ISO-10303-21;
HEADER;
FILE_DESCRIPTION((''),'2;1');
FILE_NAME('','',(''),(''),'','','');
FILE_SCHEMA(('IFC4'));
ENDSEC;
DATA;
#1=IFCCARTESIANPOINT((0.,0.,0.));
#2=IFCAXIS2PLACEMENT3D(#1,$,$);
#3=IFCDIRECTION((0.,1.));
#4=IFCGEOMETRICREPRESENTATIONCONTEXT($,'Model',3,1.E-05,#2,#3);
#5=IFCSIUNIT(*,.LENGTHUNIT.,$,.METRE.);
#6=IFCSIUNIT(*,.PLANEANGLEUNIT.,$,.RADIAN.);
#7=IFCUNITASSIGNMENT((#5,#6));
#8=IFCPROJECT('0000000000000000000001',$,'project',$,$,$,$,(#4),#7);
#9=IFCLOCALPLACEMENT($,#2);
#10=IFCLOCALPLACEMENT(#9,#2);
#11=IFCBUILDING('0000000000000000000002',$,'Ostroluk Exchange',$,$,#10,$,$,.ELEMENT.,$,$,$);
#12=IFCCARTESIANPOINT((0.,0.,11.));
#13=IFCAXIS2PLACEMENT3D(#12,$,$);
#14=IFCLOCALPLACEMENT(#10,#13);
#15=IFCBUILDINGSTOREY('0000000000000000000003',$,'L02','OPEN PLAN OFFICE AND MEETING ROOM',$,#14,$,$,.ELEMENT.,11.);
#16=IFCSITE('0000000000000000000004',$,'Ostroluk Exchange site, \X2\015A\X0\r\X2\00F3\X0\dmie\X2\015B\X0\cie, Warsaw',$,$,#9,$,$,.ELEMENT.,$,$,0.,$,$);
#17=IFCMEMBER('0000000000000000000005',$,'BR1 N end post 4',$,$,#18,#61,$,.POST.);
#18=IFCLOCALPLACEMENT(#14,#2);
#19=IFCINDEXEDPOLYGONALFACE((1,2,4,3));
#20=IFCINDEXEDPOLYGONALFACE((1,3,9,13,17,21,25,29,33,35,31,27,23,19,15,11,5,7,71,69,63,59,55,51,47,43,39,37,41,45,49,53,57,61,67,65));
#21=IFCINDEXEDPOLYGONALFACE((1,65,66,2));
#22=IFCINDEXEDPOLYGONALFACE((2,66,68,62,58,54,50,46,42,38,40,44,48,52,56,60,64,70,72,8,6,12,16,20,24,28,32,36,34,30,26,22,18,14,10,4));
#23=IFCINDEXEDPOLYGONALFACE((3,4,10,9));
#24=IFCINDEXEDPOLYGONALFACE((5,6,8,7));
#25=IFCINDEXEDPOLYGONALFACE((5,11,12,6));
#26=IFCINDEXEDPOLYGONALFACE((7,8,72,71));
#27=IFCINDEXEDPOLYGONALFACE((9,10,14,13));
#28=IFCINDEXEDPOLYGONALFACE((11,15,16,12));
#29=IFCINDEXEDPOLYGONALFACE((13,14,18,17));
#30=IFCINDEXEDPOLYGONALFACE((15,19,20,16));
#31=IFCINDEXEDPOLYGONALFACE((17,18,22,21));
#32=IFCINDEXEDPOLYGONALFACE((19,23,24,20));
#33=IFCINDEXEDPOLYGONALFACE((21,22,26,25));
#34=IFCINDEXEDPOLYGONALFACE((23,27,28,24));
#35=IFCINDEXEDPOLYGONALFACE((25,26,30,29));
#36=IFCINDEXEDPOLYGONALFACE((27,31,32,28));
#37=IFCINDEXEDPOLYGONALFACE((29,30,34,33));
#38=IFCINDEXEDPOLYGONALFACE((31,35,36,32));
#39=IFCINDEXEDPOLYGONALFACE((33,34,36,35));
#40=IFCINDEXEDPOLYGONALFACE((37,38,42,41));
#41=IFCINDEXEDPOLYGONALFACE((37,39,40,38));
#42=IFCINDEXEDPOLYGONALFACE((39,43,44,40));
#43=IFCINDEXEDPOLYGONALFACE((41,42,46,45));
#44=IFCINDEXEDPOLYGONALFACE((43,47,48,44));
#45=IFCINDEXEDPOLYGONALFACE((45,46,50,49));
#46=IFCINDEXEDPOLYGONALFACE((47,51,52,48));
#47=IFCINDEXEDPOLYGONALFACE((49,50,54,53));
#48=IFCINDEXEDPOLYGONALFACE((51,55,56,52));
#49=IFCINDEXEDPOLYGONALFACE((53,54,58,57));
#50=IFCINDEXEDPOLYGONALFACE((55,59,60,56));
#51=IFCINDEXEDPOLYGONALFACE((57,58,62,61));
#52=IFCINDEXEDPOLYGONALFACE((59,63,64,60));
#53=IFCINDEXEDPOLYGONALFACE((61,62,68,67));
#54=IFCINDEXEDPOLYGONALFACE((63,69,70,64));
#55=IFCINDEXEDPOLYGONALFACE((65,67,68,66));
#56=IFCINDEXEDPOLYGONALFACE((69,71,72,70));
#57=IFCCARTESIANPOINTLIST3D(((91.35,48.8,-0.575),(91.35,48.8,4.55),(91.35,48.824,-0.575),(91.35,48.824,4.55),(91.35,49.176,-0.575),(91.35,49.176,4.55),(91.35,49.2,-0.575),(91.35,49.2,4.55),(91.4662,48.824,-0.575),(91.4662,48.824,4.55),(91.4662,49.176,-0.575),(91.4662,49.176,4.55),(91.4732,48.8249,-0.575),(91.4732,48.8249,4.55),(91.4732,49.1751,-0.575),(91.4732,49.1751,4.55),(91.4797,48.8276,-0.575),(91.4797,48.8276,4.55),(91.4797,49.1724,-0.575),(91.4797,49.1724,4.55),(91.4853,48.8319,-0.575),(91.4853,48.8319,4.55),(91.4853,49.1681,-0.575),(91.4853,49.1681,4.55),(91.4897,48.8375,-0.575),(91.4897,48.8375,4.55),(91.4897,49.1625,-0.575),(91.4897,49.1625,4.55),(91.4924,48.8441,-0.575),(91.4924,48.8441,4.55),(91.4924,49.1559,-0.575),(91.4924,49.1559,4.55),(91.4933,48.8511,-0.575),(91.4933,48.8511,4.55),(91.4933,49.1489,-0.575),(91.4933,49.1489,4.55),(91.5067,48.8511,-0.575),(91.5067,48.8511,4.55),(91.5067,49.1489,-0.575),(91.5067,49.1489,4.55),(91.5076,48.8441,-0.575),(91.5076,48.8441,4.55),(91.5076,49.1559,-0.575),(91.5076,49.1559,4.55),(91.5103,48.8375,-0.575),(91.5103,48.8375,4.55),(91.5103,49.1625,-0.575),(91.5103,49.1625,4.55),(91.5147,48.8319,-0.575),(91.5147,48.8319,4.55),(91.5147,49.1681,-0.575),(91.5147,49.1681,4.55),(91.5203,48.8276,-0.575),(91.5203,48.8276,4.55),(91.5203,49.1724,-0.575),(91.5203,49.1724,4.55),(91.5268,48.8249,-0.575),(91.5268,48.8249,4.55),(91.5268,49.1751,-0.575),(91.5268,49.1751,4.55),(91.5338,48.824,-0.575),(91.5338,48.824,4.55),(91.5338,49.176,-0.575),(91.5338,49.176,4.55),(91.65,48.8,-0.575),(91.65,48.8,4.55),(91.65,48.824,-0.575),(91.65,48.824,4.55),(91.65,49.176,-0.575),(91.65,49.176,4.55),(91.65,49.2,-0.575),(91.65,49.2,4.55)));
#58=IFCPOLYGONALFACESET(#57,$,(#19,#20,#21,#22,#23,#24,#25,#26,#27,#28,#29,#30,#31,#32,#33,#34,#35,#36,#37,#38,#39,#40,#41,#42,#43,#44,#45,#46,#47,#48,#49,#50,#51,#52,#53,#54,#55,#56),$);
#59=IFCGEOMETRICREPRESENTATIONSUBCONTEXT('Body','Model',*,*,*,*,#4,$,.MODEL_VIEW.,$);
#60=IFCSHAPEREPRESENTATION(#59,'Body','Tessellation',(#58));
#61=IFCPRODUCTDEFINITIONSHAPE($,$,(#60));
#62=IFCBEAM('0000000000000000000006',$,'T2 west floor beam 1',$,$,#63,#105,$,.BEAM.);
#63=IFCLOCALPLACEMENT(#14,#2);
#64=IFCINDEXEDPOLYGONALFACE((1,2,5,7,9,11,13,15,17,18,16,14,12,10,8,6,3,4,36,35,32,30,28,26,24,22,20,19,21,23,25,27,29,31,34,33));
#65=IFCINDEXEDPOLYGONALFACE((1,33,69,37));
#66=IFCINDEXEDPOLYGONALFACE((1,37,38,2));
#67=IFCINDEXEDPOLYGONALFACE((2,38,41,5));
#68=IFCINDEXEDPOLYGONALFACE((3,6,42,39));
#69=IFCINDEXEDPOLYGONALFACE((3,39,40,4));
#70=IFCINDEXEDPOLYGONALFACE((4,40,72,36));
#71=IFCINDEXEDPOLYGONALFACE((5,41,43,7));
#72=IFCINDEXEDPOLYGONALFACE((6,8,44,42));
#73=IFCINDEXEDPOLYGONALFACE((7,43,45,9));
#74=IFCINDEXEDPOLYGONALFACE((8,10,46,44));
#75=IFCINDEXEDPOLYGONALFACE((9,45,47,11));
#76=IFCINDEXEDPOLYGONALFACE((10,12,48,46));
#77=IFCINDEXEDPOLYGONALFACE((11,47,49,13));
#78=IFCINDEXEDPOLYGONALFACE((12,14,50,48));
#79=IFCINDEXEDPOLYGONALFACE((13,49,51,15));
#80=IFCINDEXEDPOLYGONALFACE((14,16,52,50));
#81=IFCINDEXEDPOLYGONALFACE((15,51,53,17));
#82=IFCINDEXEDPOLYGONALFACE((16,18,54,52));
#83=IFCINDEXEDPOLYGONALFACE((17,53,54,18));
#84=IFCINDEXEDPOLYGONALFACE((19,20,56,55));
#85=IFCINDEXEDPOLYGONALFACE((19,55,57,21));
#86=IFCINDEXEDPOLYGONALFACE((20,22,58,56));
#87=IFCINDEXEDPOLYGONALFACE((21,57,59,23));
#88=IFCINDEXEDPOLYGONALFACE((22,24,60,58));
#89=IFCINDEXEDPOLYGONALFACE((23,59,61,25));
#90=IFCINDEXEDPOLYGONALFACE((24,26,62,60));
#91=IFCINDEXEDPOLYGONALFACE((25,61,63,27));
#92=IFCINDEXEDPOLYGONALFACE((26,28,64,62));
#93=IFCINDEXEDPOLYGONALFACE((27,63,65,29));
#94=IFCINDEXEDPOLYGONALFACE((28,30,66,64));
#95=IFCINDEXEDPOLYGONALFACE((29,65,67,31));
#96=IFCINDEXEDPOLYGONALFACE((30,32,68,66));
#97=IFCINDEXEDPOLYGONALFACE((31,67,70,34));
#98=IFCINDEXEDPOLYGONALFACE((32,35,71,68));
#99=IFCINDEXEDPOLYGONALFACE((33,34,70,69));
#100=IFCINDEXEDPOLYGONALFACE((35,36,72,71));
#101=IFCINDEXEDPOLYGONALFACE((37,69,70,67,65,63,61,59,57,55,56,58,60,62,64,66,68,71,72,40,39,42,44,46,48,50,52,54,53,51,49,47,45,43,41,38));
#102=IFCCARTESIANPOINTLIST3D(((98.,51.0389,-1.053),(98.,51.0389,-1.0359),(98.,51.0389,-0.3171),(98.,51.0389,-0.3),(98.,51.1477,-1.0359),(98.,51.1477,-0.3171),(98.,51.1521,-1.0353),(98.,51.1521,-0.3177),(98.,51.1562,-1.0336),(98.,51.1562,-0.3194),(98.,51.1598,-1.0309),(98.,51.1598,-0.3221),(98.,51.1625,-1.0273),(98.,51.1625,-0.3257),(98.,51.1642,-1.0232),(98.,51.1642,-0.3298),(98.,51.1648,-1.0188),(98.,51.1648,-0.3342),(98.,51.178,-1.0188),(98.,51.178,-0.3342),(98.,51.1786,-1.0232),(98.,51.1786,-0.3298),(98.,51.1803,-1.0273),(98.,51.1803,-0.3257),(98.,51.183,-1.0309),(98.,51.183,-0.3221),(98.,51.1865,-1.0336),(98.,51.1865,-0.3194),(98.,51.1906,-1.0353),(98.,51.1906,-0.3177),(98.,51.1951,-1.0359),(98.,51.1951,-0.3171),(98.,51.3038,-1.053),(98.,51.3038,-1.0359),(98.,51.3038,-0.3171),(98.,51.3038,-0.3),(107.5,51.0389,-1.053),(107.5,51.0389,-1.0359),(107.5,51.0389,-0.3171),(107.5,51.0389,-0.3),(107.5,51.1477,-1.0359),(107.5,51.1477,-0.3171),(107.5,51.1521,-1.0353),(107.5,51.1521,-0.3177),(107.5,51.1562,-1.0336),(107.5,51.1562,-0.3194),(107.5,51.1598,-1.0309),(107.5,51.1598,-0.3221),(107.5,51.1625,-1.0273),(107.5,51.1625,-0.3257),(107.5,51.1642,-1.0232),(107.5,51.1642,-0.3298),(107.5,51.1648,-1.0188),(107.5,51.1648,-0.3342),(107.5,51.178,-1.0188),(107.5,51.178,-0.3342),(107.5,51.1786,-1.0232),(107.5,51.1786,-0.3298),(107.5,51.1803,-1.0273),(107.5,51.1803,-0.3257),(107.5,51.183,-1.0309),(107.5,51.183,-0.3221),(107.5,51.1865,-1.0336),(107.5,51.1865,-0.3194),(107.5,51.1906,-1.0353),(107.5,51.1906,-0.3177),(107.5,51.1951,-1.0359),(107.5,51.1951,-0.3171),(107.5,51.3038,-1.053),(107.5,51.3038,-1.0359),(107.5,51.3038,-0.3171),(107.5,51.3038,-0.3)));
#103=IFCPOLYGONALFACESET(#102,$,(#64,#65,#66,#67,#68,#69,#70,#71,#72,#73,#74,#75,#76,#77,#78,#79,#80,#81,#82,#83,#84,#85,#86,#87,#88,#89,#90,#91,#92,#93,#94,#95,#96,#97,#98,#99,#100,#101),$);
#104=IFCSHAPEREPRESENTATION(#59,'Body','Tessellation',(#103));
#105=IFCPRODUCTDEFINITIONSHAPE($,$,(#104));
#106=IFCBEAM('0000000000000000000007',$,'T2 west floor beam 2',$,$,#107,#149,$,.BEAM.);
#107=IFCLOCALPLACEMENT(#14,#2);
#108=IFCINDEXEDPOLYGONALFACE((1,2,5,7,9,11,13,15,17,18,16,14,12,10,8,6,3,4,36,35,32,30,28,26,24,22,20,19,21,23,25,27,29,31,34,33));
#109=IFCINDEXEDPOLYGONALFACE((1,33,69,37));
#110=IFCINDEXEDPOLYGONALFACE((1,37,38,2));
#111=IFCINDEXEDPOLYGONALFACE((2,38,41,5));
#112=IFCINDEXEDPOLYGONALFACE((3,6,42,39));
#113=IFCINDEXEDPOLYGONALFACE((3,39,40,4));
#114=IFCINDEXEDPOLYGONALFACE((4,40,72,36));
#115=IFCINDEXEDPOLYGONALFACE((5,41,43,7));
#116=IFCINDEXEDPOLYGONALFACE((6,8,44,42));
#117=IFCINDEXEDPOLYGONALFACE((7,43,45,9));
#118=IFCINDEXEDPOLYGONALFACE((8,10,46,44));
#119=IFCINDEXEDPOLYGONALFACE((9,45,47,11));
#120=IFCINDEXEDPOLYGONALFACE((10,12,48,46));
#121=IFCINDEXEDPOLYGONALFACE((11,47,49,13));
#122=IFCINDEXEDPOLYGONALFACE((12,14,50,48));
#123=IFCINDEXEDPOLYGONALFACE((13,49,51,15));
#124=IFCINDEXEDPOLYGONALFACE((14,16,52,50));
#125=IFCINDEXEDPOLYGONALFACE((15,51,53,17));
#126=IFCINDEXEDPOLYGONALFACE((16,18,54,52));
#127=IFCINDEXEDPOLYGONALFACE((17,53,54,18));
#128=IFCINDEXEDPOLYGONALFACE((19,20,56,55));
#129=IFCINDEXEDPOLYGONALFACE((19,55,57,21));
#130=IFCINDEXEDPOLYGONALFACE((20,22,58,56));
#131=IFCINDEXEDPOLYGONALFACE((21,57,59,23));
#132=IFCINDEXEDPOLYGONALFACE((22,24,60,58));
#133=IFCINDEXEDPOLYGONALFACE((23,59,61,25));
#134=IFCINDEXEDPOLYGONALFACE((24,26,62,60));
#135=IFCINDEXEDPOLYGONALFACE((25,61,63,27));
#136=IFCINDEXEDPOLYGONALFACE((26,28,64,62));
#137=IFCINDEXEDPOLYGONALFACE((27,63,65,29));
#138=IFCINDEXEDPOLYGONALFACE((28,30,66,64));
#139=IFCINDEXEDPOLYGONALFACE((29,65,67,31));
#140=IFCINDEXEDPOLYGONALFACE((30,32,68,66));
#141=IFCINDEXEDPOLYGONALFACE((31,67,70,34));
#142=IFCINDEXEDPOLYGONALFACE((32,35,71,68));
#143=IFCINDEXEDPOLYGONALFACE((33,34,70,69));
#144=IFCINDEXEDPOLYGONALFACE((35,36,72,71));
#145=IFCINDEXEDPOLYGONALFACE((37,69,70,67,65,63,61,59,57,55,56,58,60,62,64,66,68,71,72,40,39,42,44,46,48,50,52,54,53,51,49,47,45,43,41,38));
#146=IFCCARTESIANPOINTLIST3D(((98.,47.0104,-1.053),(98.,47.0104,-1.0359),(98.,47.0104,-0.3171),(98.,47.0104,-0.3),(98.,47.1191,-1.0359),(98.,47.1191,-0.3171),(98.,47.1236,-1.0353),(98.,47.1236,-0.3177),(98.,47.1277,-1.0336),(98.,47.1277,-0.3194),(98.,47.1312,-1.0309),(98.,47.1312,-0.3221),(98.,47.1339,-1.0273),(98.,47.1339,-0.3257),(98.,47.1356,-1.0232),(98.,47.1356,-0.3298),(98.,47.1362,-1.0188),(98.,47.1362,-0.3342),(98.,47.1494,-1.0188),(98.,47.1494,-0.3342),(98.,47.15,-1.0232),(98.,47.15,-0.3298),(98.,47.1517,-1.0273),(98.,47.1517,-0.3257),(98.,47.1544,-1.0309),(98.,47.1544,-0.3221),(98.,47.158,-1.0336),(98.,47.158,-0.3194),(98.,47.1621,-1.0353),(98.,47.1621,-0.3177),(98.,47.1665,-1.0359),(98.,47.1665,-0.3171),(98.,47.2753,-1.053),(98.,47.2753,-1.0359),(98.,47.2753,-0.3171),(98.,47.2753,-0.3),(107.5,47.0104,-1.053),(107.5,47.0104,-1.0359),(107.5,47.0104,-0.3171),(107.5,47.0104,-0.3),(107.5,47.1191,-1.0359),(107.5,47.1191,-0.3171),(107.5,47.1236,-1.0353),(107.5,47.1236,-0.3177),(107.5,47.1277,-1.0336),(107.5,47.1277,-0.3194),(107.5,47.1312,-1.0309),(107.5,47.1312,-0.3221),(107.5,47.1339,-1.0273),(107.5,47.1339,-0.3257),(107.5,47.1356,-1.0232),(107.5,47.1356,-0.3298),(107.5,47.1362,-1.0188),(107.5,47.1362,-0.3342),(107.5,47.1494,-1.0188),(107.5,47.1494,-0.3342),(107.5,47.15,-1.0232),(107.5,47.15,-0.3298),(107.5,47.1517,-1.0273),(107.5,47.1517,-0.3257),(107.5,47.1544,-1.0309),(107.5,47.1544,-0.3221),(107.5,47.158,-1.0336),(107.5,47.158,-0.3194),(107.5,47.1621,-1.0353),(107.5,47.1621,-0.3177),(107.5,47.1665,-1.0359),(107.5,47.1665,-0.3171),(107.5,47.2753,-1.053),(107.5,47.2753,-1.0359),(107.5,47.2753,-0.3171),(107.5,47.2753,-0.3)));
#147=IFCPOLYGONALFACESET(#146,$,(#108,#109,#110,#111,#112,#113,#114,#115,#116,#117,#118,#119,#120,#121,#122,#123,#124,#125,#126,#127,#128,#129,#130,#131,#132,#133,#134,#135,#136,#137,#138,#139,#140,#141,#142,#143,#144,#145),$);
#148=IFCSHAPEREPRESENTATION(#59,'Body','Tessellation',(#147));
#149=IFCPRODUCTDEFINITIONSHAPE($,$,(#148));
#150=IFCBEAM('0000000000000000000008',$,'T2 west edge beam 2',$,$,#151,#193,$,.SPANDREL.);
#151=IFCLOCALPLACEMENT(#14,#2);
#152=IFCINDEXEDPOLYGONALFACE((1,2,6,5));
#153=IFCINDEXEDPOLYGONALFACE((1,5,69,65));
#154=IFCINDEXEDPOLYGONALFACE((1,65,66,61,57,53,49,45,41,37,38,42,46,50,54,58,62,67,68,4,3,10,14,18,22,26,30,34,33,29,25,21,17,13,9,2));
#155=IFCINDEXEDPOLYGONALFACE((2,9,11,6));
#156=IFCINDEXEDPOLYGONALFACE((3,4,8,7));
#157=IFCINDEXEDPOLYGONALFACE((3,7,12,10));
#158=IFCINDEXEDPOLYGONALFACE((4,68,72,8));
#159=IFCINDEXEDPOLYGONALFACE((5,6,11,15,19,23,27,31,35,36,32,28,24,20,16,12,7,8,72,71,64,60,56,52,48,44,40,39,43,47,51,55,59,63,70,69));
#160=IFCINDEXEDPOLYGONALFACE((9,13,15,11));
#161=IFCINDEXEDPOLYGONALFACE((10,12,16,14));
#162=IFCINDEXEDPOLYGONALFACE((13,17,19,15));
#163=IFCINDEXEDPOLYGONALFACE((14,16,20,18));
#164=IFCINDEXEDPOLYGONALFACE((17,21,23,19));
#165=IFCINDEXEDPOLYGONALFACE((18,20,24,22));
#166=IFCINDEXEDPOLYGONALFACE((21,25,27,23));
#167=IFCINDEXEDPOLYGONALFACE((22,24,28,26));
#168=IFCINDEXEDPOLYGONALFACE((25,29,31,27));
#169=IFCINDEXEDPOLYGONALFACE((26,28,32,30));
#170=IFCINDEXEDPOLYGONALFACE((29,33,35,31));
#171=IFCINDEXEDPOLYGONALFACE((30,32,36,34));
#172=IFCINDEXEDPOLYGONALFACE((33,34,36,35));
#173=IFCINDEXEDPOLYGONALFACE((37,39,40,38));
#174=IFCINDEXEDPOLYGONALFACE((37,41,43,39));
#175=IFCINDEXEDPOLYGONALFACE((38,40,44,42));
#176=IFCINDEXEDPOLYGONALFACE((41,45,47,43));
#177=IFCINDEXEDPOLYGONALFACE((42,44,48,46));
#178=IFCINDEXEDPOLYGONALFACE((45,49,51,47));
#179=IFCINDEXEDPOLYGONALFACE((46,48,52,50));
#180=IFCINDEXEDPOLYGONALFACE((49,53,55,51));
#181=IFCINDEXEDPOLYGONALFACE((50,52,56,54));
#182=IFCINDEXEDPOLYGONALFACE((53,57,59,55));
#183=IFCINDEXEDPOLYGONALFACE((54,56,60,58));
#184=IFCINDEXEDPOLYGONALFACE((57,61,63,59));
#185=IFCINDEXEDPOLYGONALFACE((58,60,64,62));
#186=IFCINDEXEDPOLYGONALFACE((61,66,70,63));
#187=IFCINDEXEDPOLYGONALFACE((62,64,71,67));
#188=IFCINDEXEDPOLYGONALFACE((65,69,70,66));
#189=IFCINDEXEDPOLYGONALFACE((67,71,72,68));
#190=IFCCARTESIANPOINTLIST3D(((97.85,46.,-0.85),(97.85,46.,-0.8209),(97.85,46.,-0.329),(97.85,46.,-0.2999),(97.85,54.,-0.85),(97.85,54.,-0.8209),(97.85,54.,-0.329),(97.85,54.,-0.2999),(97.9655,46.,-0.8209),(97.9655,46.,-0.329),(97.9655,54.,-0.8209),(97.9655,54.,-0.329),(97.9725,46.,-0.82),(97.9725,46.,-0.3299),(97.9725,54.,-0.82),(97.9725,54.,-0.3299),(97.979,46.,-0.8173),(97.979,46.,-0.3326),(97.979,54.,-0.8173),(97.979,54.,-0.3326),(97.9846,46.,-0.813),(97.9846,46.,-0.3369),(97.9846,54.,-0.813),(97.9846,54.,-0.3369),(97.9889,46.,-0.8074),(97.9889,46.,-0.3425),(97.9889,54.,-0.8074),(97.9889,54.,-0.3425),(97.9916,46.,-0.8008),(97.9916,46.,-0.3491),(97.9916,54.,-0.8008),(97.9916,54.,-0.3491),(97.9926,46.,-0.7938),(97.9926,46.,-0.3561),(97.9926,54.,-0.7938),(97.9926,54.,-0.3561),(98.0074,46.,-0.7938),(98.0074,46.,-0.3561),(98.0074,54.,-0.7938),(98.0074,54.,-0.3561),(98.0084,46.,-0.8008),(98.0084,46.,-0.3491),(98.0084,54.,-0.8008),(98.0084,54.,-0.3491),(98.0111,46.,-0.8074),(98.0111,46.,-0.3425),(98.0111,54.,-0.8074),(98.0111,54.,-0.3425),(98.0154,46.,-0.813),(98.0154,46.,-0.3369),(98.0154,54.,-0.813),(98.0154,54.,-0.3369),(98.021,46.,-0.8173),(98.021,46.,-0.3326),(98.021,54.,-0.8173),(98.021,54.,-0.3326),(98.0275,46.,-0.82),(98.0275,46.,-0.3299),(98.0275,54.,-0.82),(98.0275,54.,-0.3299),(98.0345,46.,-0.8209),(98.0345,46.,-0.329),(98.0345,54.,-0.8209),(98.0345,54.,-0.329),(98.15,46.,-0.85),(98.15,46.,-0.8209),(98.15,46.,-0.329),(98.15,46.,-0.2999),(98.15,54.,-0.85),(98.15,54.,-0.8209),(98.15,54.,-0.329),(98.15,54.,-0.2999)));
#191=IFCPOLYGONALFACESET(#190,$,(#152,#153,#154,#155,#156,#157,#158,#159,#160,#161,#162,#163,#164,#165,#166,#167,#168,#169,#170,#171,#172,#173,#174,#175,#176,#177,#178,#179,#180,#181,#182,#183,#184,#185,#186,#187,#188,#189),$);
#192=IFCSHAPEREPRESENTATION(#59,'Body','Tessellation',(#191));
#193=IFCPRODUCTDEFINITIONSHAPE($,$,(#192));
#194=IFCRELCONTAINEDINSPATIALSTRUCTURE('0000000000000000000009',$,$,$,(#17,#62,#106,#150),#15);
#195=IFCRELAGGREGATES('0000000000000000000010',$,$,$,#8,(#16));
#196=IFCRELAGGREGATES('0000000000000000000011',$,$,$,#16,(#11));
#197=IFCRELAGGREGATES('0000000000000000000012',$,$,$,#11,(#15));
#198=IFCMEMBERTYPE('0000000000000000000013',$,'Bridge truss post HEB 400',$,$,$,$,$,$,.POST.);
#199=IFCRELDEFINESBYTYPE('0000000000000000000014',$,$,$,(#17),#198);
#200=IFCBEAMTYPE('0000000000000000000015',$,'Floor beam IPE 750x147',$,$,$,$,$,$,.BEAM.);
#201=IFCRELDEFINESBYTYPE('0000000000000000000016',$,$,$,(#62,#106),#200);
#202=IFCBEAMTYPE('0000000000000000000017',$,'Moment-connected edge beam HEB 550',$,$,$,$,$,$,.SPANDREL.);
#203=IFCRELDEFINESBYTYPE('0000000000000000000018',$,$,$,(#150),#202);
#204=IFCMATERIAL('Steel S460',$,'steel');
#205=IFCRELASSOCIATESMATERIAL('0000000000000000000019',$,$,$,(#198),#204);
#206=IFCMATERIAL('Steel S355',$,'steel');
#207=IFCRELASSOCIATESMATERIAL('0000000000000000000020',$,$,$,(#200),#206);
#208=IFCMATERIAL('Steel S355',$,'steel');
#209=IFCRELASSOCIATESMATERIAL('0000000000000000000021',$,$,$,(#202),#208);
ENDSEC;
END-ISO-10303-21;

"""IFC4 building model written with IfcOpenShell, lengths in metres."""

from ifc_helpers import new_model, si_unit, direction, frame, origin, origin_2d, place, context, subcontext, project, spatial, i_section, extrude, material, material_profile, profile_set, type_object, element, save


model = new_model("IFC4")

# Units and contexts
model_context = context("Model", 3, precision=1e-05, world=origin(), true_north=direction((0.0, 1.0)))
body_context = subcontext(model_context, "Body", "Model", "MODEL_VIEW")
ifc_project = project(units=[si_unit("LENGTHUNIT", "METRE"), si_unit("PLANEANGLEUNIT", "RADIAN")], contexts=[model_context])

# Site, building, storey
site_placement = place(None, origin())
site = spatial("IfcSite", under=ifc_project, at=site_placement, Name="Ostroluk Exchange site, Śródmieście, Warsaw", CompositionType="ELEMENT", RefElevation=0.0)
building_placement = place(site_placement, origin())
building = spatial("IfcBuilding", under=site, at=building_placement, Name="Ostroluk Exchange", CompositionType="ELEMENT")
storey_placement = place(building_placement, frame((0.0, 0.0, 11.0)))
storey = spatial("IfcBuildingStorey", under=building, at=storey_placement, Name="L02", Description="OPEN PLAN OFFICE AND MEETING ROOM", CompositionType="ELEMENT", Elevation=11.0)

# Member
ifc_material_1 = material(Name="Steel S460", Category="steel")
ifc_material_profile_1 = material_profile(ifc_material_1, i_section(OverallWidth=0.3, OverallDepth=0.3999, WebThickness=0.0134, FlangeThickness=0.0239, FilletRadius=0.0271, at=origin_2d()), Name="HEB 400")
ifc_profile_set_1 = profile_set([ifc_material_profile_1], Name="Steel S460")
member_type_1 = type_object("IfcMemberType", Name="Bridge truss post HEB 400", PredefinedType="POST", material=ifc_profile_set_1)
member_1_placement = place(storey_placement, frame((91.5, 49.0, -0.575), z_axis=(0.0, 0.0, 1.0), x_axis=(1.0, 0.0, 0.0)))
element("IfcMember", 1, at=member_1_placement, inside=storey, type_object=member_type_1, Name="BR1 N end post 4", PredefinedType="POST", context=body_context, shape_type="SweptSolid", body=[
    extrude(i_section(OverallWidth=0.3, OverallDepth=0.3999, WebThickness=0.0134, FlangeThickness=0.0239, FilletRadius=0.0271, at=origin_2d()), origin(), (0.0, 0.0, 1.0), 5.125),
])

# Beams
ifc_material_2 = material(Name="Steel S355", Category="steel")
ifc_material_profile_2 = material_profile(ifc_material_2, i_section(OverallWidth=0.2649, OverallDepth=0.7529, WebThickness=0.0132, FlangeThickness=0.0171, FilletRadius=0.0171, at=origin_2d()), Name="IPE 750x147")
ifc_profile_set_2 = profile_set([ifc_material_profile_2], Name="Steel S355")
beam_type_1 = type_object("IfcBeamType", Name="Floor beam IPE 750x147", PredefinedType="BEAM", material=ifc_profile_set_2)
for number, where, z_axis, x_axis, name in (
    (2, (107.5, 51.1714, -0.6765), (-1.0, 0.0, 0.0), (0.0, -1.0, 0.0), "T2 west floor beam 1"),
    (3, (107.5, 47.1428, -0.6765), (-1.0, 0.0, 0.0), (0.0, -1.0, 0.0), "T2 west floor beam 2"),
):
    element("IfcBeam", number, at=place(storey_placement, frame(where, z_axis=z_axis, x_axis=x_axis)), inside=storey, type_object=beam_type_1, Name=name, PredefinedType="BEAM", context=body_context, shape_type="SweptSolid", body=[
        extrude(i_section(OverallWidth=0.2649, OverallDepth=0.7529, WebThickness=0.0132, FlangeThickness=0.0171, FilletRadius=0.0171, at=origin_2d()), origin(), (0.0, 0.0, 1.0), 9.5),
    ])
ifc_material_3 = material(Name="Steel S355", Category="steel")
ifc_material_profile_3 = material_profile(ifc_material_3, i_section(OverallWidth=0.3, OverallDepth=0.55, WebThickness=0.0149, FlangeThickness=0.0291, FilletRadius=0.0271, at=origin_2d()), Name="HEB 550")
ifc_profile_set_3 = profile_set([ifc_material_profile_3], Name="Steel S355")
beam_type_2 = type_object("IfcBeamType", Name="Moment-connected edge beam HEB 550", PredefinedType="SPANDREL", material=ifc_profile_set_3)
beam_placement = place(storey_placement, frame((98.0, 54.0, -0.575), z_axis=(0.0, -1.0, 0.0), x_axis=(1.0, 0.0, 0.0)))
element("IfcBeam", 4, at=beam_placement, inside=storey, type_object=beam_type_2, Name="T2 west edge beam 2", PredefinedType="SPANDREL", context=body_context, shape_type="SweptSolid", body=[
    extrude(i_section(OverallWidth=0.3, OverallDepth=0.55, WebThickness=0.0149, FlangeThickness=0.0291, FilletRadius=0.0271, at=origin_2d()), origin(), (0.0, 0.0, 1.0), 8.0),
])

save(model, "model.ifc")
